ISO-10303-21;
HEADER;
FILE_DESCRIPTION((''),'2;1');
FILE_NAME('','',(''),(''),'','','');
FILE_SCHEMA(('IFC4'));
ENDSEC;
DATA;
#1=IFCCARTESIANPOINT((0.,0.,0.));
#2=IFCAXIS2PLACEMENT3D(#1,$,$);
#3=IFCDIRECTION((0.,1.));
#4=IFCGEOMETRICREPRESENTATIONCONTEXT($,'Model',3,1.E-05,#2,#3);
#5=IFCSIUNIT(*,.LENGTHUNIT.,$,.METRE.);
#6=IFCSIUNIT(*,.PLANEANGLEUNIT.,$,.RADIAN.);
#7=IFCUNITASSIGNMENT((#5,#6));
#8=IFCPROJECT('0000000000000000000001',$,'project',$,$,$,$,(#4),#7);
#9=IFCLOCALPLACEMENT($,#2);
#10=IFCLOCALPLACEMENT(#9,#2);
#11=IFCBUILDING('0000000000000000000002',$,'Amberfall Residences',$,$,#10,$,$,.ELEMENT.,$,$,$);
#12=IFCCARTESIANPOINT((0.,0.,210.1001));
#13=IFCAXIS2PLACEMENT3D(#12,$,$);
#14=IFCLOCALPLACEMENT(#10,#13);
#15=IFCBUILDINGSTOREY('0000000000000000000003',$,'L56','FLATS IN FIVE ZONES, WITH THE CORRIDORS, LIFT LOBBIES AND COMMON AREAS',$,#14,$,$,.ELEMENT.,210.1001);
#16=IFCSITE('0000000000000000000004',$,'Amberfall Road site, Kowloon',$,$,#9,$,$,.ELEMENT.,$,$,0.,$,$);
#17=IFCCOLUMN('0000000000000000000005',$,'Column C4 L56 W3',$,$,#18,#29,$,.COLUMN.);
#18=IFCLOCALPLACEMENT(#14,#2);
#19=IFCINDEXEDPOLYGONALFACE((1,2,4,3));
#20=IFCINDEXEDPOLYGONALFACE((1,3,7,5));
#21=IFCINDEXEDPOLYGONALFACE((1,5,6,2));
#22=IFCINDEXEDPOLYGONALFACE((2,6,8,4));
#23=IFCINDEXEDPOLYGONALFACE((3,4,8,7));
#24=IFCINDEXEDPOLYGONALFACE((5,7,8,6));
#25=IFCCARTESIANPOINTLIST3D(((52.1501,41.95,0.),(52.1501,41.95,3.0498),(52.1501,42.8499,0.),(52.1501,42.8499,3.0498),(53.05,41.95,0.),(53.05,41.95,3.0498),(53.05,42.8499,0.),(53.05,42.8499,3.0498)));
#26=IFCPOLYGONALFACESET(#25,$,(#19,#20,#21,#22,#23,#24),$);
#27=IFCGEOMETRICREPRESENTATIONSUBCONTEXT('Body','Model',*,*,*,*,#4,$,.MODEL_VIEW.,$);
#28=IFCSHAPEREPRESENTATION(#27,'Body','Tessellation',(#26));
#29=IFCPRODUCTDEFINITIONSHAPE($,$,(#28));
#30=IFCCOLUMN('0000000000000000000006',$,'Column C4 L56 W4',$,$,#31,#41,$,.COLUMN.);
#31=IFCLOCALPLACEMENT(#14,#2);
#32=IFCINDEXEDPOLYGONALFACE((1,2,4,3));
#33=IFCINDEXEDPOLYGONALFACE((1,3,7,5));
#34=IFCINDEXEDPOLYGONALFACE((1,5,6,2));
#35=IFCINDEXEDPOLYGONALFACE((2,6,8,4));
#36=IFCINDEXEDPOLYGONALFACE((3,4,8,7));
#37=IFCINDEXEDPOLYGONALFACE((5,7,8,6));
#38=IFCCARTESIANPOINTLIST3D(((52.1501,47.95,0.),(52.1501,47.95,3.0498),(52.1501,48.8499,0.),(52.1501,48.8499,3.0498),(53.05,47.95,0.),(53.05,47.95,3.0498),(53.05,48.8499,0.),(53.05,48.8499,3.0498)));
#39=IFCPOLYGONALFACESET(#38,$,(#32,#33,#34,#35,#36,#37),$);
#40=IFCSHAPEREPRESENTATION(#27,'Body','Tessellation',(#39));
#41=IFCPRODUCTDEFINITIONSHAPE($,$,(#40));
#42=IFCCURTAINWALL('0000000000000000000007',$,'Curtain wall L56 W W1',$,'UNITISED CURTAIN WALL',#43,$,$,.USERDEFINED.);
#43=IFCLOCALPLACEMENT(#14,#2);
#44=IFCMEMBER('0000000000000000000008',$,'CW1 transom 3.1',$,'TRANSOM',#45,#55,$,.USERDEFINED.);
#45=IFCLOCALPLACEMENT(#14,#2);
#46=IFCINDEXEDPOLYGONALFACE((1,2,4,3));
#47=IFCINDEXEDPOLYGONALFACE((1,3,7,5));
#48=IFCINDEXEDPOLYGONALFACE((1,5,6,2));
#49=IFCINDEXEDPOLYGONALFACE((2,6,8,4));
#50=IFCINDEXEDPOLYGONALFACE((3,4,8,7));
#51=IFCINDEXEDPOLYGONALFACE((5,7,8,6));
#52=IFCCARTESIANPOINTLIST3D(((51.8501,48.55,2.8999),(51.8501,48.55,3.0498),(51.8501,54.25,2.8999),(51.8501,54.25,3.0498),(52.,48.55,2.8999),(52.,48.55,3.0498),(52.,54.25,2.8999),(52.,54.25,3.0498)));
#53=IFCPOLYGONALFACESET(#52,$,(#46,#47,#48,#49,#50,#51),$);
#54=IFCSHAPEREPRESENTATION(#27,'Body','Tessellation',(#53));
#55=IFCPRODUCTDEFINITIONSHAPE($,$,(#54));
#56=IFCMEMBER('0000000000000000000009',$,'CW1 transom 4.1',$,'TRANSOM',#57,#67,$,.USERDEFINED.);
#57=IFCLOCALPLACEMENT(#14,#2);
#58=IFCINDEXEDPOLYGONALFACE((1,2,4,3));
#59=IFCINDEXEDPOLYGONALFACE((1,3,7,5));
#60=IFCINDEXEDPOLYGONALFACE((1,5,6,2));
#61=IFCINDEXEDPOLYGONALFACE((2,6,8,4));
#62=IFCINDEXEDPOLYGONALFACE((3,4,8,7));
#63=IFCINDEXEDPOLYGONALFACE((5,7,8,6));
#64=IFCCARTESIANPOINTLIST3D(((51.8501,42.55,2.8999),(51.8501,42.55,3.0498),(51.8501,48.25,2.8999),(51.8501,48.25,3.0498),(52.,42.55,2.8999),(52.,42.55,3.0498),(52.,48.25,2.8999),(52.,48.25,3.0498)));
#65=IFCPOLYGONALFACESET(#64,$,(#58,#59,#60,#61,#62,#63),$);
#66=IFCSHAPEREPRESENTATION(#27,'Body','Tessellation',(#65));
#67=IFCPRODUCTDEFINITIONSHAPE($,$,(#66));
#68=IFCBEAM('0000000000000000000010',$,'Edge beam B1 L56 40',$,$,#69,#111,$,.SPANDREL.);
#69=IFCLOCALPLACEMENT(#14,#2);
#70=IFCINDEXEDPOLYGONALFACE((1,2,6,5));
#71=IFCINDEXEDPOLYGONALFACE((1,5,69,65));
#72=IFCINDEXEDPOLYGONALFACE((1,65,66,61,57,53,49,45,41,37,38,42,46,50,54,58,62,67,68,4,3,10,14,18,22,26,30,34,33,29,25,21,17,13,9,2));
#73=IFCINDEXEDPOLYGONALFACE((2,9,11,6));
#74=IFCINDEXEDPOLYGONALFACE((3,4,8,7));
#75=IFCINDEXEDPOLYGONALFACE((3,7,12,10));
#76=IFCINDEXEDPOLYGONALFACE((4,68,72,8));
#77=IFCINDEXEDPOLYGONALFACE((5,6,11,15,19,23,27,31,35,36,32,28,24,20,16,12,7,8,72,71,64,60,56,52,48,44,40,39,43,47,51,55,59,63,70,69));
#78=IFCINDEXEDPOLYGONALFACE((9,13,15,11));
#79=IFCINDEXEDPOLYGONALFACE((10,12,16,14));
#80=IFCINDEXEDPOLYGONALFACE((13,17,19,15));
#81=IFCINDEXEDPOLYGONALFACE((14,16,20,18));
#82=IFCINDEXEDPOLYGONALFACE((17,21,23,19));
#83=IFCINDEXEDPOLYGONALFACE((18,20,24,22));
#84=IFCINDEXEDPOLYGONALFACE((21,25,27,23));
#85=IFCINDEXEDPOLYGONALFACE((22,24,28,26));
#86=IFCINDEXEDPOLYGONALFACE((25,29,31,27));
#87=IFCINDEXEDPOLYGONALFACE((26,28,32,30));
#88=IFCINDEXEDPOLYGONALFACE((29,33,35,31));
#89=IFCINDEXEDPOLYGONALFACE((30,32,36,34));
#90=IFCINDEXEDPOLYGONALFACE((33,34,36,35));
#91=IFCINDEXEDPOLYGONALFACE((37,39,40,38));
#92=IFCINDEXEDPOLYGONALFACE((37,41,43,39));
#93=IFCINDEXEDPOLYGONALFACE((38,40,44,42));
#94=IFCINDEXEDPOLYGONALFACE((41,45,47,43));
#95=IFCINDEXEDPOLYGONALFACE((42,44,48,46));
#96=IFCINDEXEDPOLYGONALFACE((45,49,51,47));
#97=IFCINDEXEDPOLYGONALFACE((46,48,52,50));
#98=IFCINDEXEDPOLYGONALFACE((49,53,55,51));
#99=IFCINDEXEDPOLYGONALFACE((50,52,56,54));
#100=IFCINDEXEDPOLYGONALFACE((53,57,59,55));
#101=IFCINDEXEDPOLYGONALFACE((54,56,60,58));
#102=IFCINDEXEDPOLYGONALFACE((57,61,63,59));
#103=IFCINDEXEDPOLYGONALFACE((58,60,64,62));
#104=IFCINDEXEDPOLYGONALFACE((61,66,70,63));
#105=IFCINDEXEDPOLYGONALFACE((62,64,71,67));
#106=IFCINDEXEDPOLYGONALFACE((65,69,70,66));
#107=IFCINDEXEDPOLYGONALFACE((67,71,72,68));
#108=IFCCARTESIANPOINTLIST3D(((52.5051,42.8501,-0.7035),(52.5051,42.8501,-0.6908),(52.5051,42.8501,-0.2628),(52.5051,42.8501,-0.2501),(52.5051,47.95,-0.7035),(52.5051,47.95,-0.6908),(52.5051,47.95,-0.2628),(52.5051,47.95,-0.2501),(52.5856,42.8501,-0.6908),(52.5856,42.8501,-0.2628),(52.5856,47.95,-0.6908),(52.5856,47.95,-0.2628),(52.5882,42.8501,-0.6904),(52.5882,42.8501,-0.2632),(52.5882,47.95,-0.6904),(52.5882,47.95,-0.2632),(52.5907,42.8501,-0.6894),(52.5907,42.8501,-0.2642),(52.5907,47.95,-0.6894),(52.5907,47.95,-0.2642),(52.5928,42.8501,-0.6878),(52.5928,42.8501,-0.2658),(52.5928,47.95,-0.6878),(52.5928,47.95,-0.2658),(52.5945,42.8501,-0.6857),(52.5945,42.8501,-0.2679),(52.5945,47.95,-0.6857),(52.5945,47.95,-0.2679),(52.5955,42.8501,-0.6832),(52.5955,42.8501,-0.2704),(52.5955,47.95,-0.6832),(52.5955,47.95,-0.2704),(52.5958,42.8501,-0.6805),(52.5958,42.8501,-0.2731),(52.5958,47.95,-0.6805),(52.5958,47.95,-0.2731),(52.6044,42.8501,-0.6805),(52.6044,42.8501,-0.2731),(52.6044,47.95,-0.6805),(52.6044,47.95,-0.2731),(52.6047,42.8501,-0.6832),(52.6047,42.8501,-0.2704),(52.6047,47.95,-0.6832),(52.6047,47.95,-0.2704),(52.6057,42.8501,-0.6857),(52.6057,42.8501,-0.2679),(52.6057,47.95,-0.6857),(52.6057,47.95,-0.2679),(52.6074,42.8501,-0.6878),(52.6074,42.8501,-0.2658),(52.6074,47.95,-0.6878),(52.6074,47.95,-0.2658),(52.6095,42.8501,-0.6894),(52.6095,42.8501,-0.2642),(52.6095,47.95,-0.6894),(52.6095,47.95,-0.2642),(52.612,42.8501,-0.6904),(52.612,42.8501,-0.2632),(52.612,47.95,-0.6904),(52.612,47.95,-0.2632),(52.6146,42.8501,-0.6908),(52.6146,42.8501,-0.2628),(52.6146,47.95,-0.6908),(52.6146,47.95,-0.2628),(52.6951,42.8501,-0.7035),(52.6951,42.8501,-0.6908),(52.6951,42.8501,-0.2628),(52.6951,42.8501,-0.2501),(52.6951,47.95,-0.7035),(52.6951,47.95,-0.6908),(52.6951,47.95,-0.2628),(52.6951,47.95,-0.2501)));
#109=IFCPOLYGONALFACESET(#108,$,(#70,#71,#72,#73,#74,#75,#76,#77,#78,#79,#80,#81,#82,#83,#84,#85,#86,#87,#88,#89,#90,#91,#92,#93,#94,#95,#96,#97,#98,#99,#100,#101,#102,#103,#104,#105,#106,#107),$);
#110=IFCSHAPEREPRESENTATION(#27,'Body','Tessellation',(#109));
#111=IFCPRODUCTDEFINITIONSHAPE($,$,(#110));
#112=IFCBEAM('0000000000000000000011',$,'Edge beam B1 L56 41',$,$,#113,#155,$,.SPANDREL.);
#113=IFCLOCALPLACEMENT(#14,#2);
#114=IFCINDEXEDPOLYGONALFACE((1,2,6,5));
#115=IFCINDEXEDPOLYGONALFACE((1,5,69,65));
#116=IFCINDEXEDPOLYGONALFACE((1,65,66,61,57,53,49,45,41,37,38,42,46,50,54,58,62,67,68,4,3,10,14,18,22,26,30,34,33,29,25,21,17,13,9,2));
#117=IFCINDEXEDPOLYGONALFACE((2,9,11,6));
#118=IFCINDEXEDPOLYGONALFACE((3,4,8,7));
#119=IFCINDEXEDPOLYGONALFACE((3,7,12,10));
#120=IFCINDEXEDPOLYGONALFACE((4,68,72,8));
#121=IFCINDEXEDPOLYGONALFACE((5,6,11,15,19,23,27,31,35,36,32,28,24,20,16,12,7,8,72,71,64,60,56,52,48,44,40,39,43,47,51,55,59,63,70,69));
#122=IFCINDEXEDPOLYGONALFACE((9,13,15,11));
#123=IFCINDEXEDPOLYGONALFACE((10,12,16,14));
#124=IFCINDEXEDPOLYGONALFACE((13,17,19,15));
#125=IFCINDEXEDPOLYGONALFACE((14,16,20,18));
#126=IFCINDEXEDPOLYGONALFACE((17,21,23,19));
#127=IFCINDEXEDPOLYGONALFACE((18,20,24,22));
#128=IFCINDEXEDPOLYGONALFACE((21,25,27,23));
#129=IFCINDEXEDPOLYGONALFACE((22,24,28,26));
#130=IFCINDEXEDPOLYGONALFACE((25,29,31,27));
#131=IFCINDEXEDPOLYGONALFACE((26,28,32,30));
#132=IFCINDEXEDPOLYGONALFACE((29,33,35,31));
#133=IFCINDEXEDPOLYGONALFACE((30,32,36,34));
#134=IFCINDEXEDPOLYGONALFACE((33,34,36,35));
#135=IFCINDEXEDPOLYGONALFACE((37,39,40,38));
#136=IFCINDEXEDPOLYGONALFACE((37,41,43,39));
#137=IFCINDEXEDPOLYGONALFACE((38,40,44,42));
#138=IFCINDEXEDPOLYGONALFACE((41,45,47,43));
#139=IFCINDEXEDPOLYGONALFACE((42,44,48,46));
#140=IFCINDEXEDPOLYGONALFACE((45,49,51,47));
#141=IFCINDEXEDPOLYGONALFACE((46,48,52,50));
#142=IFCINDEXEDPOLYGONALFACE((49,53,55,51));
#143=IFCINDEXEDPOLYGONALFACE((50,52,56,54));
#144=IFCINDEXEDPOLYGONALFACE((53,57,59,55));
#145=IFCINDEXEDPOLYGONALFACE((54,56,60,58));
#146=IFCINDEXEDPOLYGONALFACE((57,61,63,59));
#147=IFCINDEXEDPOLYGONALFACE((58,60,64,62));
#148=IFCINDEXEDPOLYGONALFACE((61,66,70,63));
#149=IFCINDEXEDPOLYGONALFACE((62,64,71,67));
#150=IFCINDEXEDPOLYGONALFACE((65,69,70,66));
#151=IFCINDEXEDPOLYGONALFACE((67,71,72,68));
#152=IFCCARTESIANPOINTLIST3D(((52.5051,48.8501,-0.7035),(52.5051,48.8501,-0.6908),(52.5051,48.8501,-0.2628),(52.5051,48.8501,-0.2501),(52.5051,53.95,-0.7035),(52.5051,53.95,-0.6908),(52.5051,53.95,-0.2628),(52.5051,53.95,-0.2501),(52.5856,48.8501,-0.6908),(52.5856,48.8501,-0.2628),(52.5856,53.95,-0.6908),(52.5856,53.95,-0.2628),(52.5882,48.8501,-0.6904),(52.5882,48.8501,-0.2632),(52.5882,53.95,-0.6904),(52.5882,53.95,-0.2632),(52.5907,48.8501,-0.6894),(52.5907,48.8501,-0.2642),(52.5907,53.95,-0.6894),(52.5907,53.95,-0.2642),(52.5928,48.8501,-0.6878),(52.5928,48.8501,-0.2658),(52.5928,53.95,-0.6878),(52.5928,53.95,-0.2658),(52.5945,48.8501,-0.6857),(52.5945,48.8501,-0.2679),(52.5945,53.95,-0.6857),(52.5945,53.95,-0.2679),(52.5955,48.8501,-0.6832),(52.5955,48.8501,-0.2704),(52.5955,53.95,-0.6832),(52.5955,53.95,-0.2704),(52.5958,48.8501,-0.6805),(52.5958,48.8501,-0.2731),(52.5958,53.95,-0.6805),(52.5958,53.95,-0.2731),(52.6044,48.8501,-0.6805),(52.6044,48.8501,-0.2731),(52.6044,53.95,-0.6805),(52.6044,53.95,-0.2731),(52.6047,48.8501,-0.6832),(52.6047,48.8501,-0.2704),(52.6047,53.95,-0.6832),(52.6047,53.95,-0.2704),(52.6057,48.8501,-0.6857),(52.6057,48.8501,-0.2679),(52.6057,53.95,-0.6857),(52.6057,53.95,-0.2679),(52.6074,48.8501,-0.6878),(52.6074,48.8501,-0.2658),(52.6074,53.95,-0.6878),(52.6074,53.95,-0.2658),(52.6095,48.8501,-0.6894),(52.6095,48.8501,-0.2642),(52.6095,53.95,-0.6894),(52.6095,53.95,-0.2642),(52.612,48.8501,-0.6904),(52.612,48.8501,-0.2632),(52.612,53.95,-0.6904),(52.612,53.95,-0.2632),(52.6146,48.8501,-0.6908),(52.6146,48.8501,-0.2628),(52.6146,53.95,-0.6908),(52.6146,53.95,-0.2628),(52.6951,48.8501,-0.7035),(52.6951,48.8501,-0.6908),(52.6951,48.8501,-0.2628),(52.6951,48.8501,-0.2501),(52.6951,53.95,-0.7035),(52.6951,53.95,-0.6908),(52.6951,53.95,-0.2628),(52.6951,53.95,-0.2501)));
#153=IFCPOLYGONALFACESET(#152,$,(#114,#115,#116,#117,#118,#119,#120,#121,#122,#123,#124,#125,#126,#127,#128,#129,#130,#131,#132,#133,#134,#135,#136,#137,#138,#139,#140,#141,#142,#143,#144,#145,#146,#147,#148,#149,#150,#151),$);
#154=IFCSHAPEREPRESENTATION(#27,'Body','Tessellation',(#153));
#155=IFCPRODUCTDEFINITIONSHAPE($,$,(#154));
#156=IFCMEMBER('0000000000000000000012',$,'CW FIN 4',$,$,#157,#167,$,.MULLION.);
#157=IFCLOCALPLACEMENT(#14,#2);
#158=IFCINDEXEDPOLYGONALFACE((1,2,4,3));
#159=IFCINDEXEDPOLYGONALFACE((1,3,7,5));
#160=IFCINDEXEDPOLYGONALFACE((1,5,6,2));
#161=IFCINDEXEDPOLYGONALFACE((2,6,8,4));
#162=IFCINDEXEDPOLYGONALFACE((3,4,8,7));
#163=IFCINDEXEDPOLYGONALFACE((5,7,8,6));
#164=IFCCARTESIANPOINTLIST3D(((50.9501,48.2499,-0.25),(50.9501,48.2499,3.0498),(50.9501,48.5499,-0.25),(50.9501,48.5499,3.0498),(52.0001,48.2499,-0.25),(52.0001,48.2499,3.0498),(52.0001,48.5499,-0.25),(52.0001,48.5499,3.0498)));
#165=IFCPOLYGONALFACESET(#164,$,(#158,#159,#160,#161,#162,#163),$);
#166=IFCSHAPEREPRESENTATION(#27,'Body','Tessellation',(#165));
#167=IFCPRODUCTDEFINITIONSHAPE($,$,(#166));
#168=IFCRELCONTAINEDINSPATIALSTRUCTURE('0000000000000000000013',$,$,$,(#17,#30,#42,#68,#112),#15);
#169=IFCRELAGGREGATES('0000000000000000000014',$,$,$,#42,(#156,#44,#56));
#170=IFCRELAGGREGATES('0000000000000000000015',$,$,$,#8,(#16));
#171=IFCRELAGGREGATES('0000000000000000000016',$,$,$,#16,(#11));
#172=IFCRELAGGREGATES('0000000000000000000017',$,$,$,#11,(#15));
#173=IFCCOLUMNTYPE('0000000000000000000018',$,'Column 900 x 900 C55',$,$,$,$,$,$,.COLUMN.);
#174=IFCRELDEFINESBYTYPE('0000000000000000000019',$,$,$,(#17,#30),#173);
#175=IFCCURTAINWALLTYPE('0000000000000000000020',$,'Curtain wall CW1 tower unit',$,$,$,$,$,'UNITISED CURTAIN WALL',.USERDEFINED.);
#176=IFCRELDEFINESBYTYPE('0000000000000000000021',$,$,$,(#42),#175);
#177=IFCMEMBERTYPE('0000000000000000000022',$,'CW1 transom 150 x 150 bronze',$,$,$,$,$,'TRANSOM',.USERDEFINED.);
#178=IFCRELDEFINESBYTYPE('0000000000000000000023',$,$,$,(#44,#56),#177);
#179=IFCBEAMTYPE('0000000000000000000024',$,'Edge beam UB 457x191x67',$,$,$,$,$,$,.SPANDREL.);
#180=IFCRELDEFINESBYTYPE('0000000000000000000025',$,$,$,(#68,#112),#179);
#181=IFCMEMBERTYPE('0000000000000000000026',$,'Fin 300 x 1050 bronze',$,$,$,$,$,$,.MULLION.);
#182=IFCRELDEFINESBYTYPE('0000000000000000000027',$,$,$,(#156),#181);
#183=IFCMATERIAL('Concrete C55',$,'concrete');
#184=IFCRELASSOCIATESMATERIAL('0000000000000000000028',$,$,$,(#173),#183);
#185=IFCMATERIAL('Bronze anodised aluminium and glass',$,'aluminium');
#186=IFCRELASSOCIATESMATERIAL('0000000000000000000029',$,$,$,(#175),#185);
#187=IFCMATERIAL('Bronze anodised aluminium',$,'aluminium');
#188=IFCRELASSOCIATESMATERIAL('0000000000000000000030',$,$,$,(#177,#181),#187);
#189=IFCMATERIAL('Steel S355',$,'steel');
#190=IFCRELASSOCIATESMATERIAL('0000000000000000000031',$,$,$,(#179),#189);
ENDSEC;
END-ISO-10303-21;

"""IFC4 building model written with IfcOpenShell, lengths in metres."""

from ifc_helpers import new_model, si_unit, direction, frame, origin, origin_2d, place, context, subcontext, project, spatial, rectangle, i_section, extrude, material, material_profile, profile_set, type_object, element, aggregate, save


model = new_model("IFC4")

# Units and contexts
model_context = context("Model", 3, precision=1e-05, world=origin(), true_north=direction((0.0, 1.0)))
body_context = subcontext(model_context, "Body", "Model", "MODEL_VIEW")
ifc_project = project(units=[si_unit("LENGTHUNIT", "METRE"), si_unit("PLANEANGLEUNIT", "RADIAN")], contexts=[model_context])

# Site, building, storey
site_placement = place(None, origin())
site = spatial("IfcSite", under=ifc_project, at=site_placement, Name="Amberfall Road site, Kowloon", CompositionType="ELEMENT", RefElevation=0.0)
building_placement = place(site_placement, origin())
building = spatial("IfcBuilding", under=site, at=building_placement, Name="Amberfall Residences", CompositionType="ELEMENT")
storey_placement = place(building_placement, frame((0.0, 0.0, 210.1001)))
storey = spatial("IfcBuildingStorey", under=building, at=storey_placement, Name="L56", Description="FLATS IN FIVE ZONES, WITH THE CORRIDORS, LIFT LOBBIES AND COMMON AREAS", CompositionType="ELEMENT", Elevation=210.1001)

# Columns
ifc_material_1 = material(Name="Concrete C55", Category="concrete")
ifc_material_profile_1 = material_profile(ifc_material_1, rectangle(XDim=0.8999, YDim=0.8999, at=origin_2d()), Name="Column 900 x 900 C55")
ifc_profile_set_1 = profile_set([ifc_material_profile_1], Name="Concrete C55")
column_type = type_object("IfcColumnType", Name="Column 900 x 900 C55", PredefinedType="COLUMN", material=ifc_profile_set_1)
for number, where, z_axis, x_axis, name in (
    (1, (52.6001, 42.3999, 0.0), (0.0, 0.0, 1.0), (1.0, 0.0, 0.0), "Column C4 L56 W3"),
    (2, (52.6001, 48.3999, 0.0), (0.0, 0.0, 1.0), (1.0, 0.0, 0.0), "Column C4 L56 W4"),
):
    element("IfcColumn", number, at=place(storey_placement, frame(where, z_axis=z_axis, x_axis=x_axis)), inside=storey, type_object=column_type, Name=name, PredefinedType="COLUMN", context=body_context, shape_type="SweptSolid", body=[
        extrude(rectangle(XDim=0.8999, YDim=0.8999, at=origin_2d()), origin(), (0.0, 0.0, 1.0), 3.0498),
    ])

# Curtain wall, members
ifc_material_2 = material(Name="Bronze anodised aluminium and glass", Category="aluminium")
curtain_wall_type = type_object("IfcCurtainWallType", Name="Curtain wall CW1 tower unit", ElementType="UNITISED CURTAIN WALL", PredefinedType="USERDEFINED", material=ifc_material_2)
curtain_wall_placement = place(storey_placement, origin())
curtain_wall = element("IfcCurtainWall", 3, at=curtain_wall_placement, inside=storey, type_object=curtain_wall_type, Name="Curtain wall L56 W W1", ObjectType="UNITISED CURTAIN WALL", PredefinedType="USERDEFINED")
ifc_material_3 = material(Name="Bronze anodised aluminium", Category="aluminium")
ifc_material_profile_2 = material_profile(ifc_material_3, rectangle(XDim=0.1499, YDim=0.1499, at=origin_2d()), Name="CW1 transom 150 x 150 bronze")
ifc_profile_set_2 = profile_set([ifc_material_profile_2], Name="Bronze anodised aluminium")
member_type_1 = type_object("IfcMemberType", Name="CW1 transom 150 x 150 bronze", ElementType="TRANSOM", PredefinedType="USERDEFINED", material=ifc_profile_set_2)
member_1_placement = place(storey_placement, frame((51.925, 54.25, 2.9749), z_axis=(0.0, -1.0, 0.0), x_axis=(1.0, 0.0, 0.0)))
member_1 = element("IfcMember", 4, at=member_1_placement, type_object=member_type_1, Name="CW1 transom 3.1", ObjectType="TRANSOM", PredefinedType="USERDEFINED", context=body_context, shape_type="SweptSolid", body=[
    extrude(rectangle(XDim=0.1499, YDim=0.1499, at=origin_2d()), origin(), (0.0, 0.0, 1.0), 5.7),
])
member_2_placement = place(storey_placement, frame((51.925, 48.25, 2.9749), z_axis=(0.0, -1.0, 0.0), x_axis=(1.0, 0.0, 0.0)))
member_2 = element("IfcMember", 5, at=member_2_placement, type_object=member_type_1, Name="CW1 transom 4.1", ObjectType="TRANSOM", PredefinedType="USERDEFINED", context=body_context, shape_type="SweptSolid", body=[
    extrude(rectangle(XDim=0.1499, YDim=0.1499, at=origin_2d()), origin(), (0.0, 0.0, 1.0), 5.7),
])

# Beams
ifc_material_4 = material(Name="Steel S355", Category="steel")
ifc_material_profile_3 = material_profile(ifc_material_4, i_section(OverallWidth=0.1899, OverallDepth=0.4534, WebThickness=0.0085, FlangeThickness=0.0127, FilletRadius=0.0103, at=origin_2d()), Name="UB 457x191x67")
ifc_profile_set_3 = profile_set([ifc_material_profile_3], Name="Steel S355")
beam_type_1 = type_object("IfcBeamType", Name="Edge beam UB 457x191x67", PredefinedType="SPANDREL", material=ifc_profile_set_3)
for number, where, z_axis, x_axis, name in (
    (6, (52.6001, 42.8501, -0.4768), (0.0, 1.0, 0.0), (-1.0, 0.0, 0.0), "Edge beam B1 L56 40"),
    (7, (52.6001, 48.8501, -0.4768), (0.0, 1.0, 0.0), (-1.0, 0.0, 0.0), "Edge beam B1 L56 41"),
):
    element("IfcBeam", number, at=place(storey_placement, frame(where, z_axis=z_axis, x_axis=x_axis)), inside=storey, type_object=beam_type_1, Name=name, PredefinedType="SPANDREL", context=body_context, shape_type="SweptSolid", body=[
        extrude(i_section(OverallWidth=0.1899, OverallDepth=0.4534, WebThickness=0.0085, FlangeThickness=0.0127, FilletRadius=0.0103, at=origin_2d()), origin(), (0.0, 0.0, 1.0), 5.0999),
    ])

# Member
ifc_material_profile_4 = material_profile(ifc_material_3, rectangle(XDim=1.05, YDim=0.3, at=origin_2d()), Name="Fin 300 x 1050 bronze")
ifc_profile_set_4 = profile_set([ifc_material_profile_4], Name="Bronze anodised aluminium")
member_type_2 = type_object("IfcMemberType", Name="Fin 300 x 1050 bronze", PredefinedType="MULLION", material=ifc_profile_set_4)
member_3_placement = place(storey_placement, frame((51.4751, 48.3999, -0.25), z_axis=(0.0, 0.0, 1.0), x_axis=(1.0, 0.0, 0.0)))
member_3 = element("IfcMember", 8, at=member_3_placement, type_object=member_type_2, Name="CW FIN 4", PredefinedType="MULLION", context=body_context, shape_type="SweptSolid", body=[
    extrude(rectangle(XDim=1.05, YDim=0.3, at=origin_2d()), origin(), (0.0, 0.0, 1.0), 3.2998),
])

aggregate(curtain_wall, [member_3, member_1, member_2])

save(model, "model.ifc")
